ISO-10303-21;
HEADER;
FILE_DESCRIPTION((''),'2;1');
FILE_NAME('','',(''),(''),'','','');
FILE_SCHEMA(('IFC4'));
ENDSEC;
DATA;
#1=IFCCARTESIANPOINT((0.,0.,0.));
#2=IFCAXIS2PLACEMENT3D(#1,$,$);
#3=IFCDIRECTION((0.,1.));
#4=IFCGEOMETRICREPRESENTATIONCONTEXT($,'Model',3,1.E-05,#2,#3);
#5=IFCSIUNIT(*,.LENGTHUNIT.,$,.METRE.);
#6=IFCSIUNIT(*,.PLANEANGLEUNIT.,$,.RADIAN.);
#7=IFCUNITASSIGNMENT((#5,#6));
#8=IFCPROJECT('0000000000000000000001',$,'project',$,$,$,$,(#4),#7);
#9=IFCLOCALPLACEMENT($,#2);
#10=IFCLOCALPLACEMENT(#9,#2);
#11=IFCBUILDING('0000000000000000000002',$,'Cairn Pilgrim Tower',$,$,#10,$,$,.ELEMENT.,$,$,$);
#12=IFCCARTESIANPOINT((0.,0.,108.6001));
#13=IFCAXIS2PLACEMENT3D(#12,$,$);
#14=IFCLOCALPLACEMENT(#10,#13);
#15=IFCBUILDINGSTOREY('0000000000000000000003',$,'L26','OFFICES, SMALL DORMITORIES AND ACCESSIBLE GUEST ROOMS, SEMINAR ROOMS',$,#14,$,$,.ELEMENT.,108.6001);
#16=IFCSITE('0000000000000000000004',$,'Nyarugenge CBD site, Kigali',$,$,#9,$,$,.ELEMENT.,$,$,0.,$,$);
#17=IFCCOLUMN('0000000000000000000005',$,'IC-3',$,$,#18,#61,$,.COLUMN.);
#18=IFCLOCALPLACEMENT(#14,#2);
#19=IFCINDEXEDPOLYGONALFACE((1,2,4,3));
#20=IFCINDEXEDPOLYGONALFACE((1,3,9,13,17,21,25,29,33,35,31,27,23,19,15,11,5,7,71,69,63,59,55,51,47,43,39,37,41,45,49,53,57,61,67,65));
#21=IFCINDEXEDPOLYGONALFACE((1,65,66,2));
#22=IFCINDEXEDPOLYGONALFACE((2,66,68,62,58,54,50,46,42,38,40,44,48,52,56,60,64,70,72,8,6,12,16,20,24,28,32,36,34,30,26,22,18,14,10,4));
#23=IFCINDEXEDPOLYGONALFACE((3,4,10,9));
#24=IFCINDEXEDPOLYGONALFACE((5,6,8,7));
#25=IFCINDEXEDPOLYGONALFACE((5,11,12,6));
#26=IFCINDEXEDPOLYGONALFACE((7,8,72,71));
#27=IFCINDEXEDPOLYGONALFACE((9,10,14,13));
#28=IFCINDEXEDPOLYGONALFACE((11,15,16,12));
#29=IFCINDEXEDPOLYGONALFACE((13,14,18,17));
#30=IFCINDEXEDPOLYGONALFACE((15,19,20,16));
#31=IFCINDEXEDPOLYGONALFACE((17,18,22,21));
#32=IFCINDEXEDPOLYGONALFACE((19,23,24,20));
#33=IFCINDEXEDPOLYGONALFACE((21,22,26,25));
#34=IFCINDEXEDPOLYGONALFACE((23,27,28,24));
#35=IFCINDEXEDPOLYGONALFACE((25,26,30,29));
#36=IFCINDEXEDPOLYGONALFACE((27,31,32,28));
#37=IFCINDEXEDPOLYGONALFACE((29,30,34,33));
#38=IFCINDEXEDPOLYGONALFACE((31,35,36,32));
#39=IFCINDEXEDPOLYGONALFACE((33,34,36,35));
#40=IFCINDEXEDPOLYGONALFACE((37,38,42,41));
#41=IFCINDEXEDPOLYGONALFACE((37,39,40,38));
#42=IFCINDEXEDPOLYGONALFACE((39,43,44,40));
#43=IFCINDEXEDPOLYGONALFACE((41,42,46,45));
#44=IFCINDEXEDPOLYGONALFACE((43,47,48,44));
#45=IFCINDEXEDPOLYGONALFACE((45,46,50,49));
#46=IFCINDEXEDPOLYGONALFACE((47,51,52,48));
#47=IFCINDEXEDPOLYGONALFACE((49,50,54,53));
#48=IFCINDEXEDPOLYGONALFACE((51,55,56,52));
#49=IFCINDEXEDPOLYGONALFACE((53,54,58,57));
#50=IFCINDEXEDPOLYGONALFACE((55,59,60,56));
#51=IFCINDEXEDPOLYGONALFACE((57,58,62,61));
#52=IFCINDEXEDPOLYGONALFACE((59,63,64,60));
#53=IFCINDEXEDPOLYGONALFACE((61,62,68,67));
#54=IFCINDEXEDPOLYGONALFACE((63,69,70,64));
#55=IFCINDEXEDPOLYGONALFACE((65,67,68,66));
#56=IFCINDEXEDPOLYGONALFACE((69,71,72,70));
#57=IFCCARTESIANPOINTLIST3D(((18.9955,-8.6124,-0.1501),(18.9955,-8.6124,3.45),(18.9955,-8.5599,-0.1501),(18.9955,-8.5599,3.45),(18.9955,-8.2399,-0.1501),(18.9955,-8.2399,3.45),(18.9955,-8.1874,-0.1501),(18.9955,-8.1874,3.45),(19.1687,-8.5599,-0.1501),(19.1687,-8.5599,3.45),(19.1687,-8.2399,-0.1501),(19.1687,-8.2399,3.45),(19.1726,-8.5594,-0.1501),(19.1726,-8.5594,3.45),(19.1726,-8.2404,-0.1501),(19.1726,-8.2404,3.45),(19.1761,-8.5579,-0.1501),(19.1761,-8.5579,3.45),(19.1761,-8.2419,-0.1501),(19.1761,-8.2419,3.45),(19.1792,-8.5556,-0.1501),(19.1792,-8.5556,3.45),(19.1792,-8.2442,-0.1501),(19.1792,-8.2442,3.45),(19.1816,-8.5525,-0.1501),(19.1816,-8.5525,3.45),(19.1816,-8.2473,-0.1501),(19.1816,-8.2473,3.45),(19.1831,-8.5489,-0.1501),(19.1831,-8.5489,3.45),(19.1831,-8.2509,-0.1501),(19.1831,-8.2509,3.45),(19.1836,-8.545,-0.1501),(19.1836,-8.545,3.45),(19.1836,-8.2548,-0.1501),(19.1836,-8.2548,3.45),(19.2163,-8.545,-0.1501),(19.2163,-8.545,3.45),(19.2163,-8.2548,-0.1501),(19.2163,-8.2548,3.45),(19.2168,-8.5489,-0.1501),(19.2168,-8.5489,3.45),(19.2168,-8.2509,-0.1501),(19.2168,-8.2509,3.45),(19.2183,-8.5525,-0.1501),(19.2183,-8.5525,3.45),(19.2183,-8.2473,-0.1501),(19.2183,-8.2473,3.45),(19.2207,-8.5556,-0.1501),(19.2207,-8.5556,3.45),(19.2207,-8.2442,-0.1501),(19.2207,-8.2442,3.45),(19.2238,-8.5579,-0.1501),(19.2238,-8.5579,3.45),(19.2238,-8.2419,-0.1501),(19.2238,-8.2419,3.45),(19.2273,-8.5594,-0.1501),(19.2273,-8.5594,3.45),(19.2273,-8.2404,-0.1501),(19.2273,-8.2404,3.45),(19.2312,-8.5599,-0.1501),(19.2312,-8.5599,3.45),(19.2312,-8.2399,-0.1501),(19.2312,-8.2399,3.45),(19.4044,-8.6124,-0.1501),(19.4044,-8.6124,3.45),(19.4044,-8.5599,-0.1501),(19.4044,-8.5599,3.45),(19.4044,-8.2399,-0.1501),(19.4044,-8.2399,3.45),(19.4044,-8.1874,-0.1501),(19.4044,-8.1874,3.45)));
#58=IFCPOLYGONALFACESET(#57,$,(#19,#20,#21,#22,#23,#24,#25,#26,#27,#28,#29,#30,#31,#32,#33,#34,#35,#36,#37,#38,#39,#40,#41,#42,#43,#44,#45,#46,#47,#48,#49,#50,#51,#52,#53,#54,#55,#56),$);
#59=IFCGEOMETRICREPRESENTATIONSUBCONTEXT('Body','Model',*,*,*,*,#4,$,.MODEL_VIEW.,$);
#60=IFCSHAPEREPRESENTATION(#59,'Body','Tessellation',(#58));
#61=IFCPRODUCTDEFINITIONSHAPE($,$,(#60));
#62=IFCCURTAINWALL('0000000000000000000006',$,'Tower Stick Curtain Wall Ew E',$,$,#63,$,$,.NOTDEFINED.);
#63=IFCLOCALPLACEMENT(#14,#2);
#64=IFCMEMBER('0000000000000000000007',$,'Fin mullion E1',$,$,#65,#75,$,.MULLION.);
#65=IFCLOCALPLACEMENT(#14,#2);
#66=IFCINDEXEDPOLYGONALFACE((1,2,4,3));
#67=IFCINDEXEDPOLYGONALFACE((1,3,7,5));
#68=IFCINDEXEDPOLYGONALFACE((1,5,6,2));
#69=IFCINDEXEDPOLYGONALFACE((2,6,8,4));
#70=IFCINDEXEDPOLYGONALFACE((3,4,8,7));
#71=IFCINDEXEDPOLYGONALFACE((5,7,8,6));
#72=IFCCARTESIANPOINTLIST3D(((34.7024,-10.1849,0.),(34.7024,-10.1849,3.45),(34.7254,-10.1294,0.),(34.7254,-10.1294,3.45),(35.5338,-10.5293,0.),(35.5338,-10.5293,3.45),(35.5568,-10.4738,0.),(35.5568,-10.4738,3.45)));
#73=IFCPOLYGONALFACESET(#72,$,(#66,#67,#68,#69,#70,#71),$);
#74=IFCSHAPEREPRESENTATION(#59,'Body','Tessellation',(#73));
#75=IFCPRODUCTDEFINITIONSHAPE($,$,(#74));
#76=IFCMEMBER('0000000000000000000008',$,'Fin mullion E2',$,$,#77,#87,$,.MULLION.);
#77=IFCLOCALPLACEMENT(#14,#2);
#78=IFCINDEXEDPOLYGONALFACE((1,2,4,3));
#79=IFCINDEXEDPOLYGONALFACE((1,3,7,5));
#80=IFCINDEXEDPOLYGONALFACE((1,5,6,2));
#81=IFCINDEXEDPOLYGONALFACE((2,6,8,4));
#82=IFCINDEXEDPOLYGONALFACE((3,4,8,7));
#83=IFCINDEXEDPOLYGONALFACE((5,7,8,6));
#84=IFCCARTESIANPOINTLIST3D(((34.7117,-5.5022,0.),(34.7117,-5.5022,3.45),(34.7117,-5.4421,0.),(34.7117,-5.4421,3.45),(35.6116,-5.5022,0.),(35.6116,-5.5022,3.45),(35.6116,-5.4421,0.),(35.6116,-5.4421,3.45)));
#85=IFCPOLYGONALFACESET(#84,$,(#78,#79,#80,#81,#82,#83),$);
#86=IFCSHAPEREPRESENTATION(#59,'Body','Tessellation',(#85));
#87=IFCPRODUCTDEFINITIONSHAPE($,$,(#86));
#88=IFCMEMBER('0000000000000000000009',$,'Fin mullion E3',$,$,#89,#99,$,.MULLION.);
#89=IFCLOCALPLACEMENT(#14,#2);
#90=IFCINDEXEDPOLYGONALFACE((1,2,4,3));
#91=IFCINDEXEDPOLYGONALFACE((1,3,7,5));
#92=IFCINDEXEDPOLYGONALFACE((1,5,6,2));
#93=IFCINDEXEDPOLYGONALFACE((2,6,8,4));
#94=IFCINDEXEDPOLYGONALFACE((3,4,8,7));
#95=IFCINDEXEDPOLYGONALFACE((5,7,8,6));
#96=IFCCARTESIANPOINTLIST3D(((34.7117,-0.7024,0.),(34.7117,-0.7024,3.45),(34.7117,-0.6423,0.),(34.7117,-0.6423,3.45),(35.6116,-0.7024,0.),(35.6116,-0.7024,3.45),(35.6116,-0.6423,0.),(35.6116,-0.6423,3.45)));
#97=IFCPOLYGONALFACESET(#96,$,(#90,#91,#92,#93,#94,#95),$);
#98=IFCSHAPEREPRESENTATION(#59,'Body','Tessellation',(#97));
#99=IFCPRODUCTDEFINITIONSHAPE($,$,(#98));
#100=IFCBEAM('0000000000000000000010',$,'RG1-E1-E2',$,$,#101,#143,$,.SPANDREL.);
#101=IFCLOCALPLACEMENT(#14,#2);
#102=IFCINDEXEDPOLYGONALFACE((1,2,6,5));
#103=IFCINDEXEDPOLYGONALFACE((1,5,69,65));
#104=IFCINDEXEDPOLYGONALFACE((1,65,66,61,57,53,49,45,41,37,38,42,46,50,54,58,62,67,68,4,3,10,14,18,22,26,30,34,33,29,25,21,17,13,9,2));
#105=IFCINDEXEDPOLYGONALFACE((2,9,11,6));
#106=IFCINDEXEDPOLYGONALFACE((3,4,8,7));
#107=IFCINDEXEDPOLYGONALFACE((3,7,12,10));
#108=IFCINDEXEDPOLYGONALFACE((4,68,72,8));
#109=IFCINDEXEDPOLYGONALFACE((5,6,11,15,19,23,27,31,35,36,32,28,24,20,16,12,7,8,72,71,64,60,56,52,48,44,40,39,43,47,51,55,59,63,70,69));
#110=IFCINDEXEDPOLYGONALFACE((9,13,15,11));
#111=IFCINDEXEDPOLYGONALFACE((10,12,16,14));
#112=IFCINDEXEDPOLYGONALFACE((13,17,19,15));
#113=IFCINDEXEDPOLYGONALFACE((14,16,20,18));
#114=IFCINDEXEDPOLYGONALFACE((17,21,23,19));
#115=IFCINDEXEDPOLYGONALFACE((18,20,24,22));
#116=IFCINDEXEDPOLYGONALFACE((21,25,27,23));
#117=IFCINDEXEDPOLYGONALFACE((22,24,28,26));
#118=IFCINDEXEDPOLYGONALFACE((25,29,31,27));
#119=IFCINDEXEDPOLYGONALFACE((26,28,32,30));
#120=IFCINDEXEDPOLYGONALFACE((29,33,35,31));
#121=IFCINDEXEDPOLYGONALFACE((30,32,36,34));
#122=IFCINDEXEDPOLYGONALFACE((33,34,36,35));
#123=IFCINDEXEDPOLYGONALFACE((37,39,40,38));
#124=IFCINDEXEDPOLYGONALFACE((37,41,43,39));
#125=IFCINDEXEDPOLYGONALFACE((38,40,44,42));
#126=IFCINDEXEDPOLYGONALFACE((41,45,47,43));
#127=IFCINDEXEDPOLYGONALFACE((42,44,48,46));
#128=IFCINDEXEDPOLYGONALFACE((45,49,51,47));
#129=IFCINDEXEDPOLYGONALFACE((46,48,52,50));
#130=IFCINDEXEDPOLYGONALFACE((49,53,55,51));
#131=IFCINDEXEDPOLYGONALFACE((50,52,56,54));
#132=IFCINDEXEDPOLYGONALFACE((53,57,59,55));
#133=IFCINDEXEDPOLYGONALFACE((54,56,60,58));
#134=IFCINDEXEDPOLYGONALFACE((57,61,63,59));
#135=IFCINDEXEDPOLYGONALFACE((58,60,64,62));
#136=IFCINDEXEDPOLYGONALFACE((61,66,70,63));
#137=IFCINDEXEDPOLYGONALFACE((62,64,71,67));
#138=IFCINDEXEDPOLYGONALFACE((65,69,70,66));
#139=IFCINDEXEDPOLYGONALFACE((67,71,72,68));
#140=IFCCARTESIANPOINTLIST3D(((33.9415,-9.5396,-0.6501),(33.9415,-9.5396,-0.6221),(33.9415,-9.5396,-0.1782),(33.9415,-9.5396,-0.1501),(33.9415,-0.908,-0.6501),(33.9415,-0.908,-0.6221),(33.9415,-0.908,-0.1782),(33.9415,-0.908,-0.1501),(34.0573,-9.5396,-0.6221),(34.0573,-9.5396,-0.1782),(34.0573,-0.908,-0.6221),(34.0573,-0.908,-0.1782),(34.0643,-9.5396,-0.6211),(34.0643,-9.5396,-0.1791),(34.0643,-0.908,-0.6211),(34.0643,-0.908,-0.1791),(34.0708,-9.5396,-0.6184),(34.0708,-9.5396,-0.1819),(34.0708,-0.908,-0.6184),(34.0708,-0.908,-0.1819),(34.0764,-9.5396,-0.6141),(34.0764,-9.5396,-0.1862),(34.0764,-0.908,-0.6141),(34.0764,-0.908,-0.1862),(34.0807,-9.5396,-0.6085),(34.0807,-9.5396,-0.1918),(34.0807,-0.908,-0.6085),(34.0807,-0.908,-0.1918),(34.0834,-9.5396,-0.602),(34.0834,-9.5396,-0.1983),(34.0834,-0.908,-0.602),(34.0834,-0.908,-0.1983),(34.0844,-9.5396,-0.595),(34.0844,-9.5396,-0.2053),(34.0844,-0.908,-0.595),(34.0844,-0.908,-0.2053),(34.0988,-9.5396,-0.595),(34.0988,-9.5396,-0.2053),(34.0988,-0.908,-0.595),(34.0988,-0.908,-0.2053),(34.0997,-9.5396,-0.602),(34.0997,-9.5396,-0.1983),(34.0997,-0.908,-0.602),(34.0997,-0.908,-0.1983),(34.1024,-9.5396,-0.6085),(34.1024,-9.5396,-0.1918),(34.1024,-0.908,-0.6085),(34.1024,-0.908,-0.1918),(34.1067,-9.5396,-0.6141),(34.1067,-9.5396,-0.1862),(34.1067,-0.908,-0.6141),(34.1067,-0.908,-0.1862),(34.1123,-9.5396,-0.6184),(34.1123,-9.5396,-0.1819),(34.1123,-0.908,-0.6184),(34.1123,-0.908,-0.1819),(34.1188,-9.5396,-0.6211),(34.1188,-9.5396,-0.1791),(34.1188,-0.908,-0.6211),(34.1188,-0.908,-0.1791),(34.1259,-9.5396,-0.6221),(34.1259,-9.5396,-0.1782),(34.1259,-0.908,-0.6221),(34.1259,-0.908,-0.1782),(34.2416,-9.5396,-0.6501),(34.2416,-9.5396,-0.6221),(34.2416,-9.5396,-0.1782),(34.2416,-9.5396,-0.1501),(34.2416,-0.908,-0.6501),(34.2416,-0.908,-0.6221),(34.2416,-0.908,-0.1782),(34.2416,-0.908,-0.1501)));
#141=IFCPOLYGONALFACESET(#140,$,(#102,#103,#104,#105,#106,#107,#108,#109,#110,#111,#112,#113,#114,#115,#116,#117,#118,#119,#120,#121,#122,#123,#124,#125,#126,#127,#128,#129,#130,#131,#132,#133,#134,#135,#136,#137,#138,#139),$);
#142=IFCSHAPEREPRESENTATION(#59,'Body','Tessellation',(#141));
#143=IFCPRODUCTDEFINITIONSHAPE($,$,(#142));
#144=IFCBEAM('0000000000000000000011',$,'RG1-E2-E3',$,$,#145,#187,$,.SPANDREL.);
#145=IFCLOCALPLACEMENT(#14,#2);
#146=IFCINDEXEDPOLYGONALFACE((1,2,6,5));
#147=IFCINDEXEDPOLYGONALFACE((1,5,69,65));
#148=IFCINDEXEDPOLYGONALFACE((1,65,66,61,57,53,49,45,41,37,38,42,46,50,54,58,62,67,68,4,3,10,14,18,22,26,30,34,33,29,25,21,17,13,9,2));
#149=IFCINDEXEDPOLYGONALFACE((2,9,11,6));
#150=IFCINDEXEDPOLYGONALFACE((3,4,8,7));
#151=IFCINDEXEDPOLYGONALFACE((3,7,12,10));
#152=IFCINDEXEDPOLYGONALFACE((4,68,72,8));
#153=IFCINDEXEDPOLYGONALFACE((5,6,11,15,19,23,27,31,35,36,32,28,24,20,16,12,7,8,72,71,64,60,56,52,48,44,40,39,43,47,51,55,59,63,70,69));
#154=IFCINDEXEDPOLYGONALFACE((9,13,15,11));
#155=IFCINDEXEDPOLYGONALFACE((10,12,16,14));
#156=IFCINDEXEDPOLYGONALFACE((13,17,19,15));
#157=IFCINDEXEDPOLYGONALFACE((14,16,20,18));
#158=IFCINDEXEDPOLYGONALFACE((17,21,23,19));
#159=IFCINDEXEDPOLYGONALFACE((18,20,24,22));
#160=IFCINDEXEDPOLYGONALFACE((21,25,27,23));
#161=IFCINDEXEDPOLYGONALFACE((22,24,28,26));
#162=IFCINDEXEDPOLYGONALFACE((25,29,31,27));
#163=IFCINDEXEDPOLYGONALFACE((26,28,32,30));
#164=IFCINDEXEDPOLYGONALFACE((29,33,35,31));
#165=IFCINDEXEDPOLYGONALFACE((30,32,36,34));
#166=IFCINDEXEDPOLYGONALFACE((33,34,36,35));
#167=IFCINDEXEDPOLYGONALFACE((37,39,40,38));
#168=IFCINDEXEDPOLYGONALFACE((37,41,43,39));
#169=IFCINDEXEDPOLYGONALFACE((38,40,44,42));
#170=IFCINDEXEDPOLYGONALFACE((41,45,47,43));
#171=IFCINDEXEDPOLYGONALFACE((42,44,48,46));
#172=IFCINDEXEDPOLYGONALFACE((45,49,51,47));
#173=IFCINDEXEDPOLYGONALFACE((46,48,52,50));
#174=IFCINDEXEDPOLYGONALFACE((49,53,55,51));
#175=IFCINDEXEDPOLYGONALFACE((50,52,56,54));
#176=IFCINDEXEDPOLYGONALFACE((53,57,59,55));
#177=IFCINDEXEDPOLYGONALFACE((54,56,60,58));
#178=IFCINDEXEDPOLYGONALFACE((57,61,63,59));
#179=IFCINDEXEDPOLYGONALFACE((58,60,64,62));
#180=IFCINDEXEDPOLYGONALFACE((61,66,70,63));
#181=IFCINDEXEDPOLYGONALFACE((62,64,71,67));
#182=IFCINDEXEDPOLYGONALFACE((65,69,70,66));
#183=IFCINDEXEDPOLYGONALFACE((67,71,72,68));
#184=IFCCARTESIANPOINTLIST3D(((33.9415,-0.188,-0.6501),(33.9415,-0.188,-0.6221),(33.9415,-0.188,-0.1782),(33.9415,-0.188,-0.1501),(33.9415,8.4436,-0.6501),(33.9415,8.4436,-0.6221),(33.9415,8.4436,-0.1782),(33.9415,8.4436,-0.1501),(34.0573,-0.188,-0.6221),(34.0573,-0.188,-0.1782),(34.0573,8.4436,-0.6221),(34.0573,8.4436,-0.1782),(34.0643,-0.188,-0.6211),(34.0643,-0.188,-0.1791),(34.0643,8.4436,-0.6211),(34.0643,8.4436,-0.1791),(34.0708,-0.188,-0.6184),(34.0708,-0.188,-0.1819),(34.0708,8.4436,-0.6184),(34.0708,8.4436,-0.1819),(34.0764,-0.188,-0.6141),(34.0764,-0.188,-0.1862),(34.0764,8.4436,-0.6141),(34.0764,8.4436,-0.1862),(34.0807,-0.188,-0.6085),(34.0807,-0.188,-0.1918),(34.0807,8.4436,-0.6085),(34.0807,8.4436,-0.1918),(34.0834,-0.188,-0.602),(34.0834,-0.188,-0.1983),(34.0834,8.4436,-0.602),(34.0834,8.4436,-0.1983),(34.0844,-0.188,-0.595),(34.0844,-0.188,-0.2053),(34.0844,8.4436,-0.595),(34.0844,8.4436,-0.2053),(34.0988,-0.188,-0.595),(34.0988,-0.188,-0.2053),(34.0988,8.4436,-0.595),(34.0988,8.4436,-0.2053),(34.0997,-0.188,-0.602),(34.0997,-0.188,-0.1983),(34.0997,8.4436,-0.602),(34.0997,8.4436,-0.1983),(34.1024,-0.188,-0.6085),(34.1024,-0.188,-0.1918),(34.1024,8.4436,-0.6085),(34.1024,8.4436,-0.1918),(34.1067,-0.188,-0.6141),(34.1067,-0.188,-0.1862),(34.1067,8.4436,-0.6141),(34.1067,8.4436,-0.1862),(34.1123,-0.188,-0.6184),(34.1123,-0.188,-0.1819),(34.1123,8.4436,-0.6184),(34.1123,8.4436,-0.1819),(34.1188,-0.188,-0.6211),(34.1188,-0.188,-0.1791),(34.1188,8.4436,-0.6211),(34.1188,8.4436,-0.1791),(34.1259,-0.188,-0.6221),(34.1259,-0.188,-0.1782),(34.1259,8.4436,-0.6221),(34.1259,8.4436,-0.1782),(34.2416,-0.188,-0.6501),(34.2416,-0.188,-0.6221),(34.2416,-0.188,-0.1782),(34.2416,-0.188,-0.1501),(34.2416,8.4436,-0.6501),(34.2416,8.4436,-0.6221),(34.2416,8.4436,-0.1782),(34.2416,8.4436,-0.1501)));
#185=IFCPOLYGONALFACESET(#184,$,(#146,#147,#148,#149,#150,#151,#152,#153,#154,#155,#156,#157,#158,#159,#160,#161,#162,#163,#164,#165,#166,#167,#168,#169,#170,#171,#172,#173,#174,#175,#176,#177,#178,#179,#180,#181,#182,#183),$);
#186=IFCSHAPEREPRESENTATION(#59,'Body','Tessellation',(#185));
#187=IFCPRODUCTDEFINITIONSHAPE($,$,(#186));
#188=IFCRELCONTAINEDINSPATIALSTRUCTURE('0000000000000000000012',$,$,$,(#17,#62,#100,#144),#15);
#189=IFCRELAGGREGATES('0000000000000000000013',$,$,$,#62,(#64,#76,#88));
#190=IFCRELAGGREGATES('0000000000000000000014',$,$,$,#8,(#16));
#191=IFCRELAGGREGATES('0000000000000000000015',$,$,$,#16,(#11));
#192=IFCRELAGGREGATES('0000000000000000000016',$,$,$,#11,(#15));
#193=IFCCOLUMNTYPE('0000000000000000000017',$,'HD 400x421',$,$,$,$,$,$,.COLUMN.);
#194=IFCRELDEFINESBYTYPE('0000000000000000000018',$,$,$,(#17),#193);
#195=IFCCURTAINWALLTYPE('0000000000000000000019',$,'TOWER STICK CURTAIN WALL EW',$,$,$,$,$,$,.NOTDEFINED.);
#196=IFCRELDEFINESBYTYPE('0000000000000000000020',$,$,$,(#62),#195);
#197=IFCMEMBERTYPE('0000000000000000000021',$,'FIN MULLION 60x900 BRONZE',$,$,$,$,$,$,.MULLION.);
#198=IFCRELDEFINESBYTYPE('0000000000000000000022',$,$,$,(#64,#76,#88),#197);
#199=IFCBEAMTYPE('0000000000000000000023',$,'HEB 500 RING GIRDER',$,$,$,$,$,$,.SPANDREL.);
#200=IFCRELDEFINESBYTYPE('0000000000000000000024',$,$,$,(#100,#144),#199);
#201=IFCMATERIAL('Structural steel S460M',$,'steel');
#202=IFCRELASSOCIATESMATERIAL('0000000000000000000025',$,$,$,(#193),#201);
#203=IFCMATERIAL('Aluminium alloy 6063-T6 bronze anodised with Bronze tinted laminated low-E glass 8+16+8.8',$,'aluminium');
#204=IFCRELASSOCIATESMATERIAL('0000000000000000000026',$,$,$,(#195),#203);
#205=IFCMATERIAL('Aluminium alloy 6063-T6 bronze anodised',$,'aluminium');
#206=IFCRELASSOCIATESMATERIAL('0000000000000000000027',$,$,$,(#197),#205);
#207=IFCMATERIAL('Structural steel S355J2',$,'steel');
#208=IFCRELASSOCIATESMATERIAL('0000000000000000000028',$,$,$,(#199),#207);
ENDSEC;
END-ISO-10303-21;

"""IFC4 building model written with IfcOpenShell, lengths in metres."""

from ifc_helpers import new_model, si_unit, direction, frame, origin, origin_2d, place, context, subcontext, project, spatial, rectangle, i_section, extrude, material, material_profile, profile_set, type_object, element, aggregate, save


model = new_model("IFC4")

# Units and contexts
model_context = context("Model", 3, precision=1e-05, world=origin(), true_north=direction((0.0, 1.0)))
body_context = subcontext(model_context, "Body", "Model", "MODEL_VIEW")
ifc_project = project(units=[si_unit("LENGTHUNIT", "METRE"), si_unit("PLANEANGLEUNIT", "RADIAN")], contexts=[model_context])

# Site, building, storey
site_placement = place(None, origin())
site = spatial("IfcSite", under=ifc_project, at=site_placement, Name="Nyarugenge CBD site, Kigali", CompositionType="ELEMENT", RefElevation=0.0)
building_placement = place(site_placement, origin())
building = spatial("IfcBuilding", under=site, at=building_placement, Name="Cairn Pilgrim Tower", CompositionType="ELEMENT")
storey_placement = place(building_placement, frame((0.0, 0.0, 108.6001)))
storey = spatial("IfcBuildingStorey", under=building, at=storey_placement, Name="L26", Description="OFFICES, SMALL DORMITORIES AND ACCESSIBLE GUEST ROOMS, SEMINAR ROOMS", CompositionType="ELEMENT", Elevation=108.6001)

# Column
ifc_material_1 = material(Name="Structural steel S460M", Category="steel")
ifc_material_profile_1 = material_profile(ifc_material_1, i_section(OverallWidth=0.4089, OverallDepth=0.425, WebThickness=0.0327, FlangeThickness=0.0525, FilletRadius=0.0149, at=origin_2d()), Name="HD 400x421")
ifc_profile_set_1 = profile_set([ifc_material_profile_1], Name="Structural steel S460M")
column_type_1 = type_object("IfcColumnType", Name="HD 400x421", PredefinedType="COLUMN", material=ifc_profile_set_1)
column_placement = place(storey_placement, frame((19.2, -8.3999, -0.1501), z_axis=(0.0, 0.0, 1.0), x_axis=(1.0, 0.0, 0.0)))
element("IfcColumn", 1, at=column_placement, inside=storey, type_object=column_type_1, Name="IC-3", PredefinedType="COLUMN", context=body_context, shape_type="SweptSolid", body=[
    extrude(i_section(OverallWidth=0.4089, OverallDepth=0.425, WebThickness=0.0327, FlangeThickness=0.0525, FilletRadius=0.0149, at=origin_2d()), origin(), (0.0, 0.0, 1.0), 3.6001),
])

# Curtain wall, members
ifc_material_2 = material(Name="Aluminium alloy 6063-T6 bronze anodised with Bronze tinted laminated low-E glass 8+16+8.8", Category="aluminium")
curtain_wall_type = type_object("IfcCurtainWallType", Name="TOWER STICK CURTAIN WALL EW", PredefinedType="NOTDEFINED", material=ifc_material_2)
curtain_wall_placement = place(storey_placement, origin())
curtain_wall = element("IfcCurtainWall", 2, at=curtain_wall_placement, inside=storey, type_object=curtain_wall_type, Name="Tower Stick Curtain Wall Ew E", PredefinedType="NOTDEFINED")
ifc_material_3 = material(Name="Aluminium alloy 6063-T6 bronze anodised", Category="aluminium")
ifc_material_profile_2 = material_profile(ifc_material_3, rectangle(XDim=0.8999, YDim=0.0601, at=origin_2d()), Name="FIN MULLION 60x900 BRONZE")
ifc_profile_set_2 = profile_set([ifc_material_profile_2], Name="Aluminium alloy 6063-T6 bronze anodised")
member_type_1 = type_object("IfcMemberType", Name="FIN MULLION 60x900 BRONZE", PredefinedType="MULLION", material=ifc_profile_set_2)
member_1_placement = place(storey_placement, frame((35.1296, -10.3293, 0.0), z_axis=(0.0, 0.0, 1.0), x_axis=(0.92388, -0.382683, 0.0)))
member_1 = element("IfcMember", 3, at=member_1_placement, type_object=member_type_1, Name="Fin mullion E1", PredefinedType="MULLION", context=body_context, shape_type="SweptSolid", body=[
    extrude(rectangle(XDim=0.8999, YDim=0.0601, at=origin_2d()), origin(), (0.0, 0.0, 1.0), 3.45),
])
member_2_placement = place(storey_placement, frame((35.1616, -5.4722, 0.0), z_axis=(0.0, 0.0, 1.0), x_axis=(1.0, 0.0, 0.0)))
member_2 = element("IfcMember", 4, at=member_2_placement, type_object=member_type_1, Name="Fin mullion E2", PredefinedType="MULLION", context=body_context, shape_type="SweptSolid", body=[
    extrude(rectangle(XDim=0.8999, YDim=0.0601, at=origin_2d()), origin(), (0.0, 0.0, 1.0), 3.45),
])
member_3_placement = place(storey_placement, frame((35.1616, -0.6724, 0.0), z_axis=(0.0, 0.0, 1.0), x_axis=(1.0, 0.0, 0.0)))
member_3 = element("IfcMember", 5, at=member_3_placement, type_object=member_type_1, Name="Fin mullion E3", PredefinedType="MULLION", context=body_context, shape_type="SweptSolid", body=[
    extrude(rectangle(XDim=0.8999, YDim=0.0601, at=origin_2d()), origin(), (0.0, 0.0, 1.0), 3.45),
])

# Beams
ifc_material_4 = material(Name="Structural steel S355J2", Category="steel")
ifc_material_profile_3 = material_profile(ifc_material_4, i_section(OverallWidth=0.3, OverallDepth=0.5, WebThickness=0.0144, FlangeThickness=0.0281, FilletRadius=0.0271, at=origin_2d()), Name="HEB 500")
ifc_profile_set_3 = profile_set([ifc_material_profile_3], Name="Structural steel S355J2")
beam_type_1 = type_object("IfcBeamType", Name="HEB 500 RING GIRDER", PredefinedType="SPANDREL", material=ifc_profile_set_3)
for number, where, z_axis, x_axis, name in (
    (6, (34.0916, -9.5396, -0.4001), (0.0, 1.0, 0.0), (-1.0, 0.0, 0.0), "RG1-E1-E2"),
    (7, (34.0916, -0.188, -0.4001), (0.0, 1.0, 0.0), (-1.0, 0.0, 0.0), "RG1-E2-E3"),
):
    element("IfcBeam", number, at=place(storey_placement, frame(where, z_axis=z_axis, x_axis=x_axis)), inside=storey, type_object=beam_type_1, Name=name, PredefinedType="SPANDREL", context=body_context, shape_type="SweptSolid", body=[
        extrude(i_section(OverallWidth=0.3, OverallDepth=0.5, WebThickness=0.0144, FlangeThickness=0.0281, FilletRadius=0.0271, at=origin_2d()), origin(), (0.0, 0.0, 1.0), 8.6316),
    ])

aggregate(curtain_wall, [member_1, member_2, member_3])

save(model, "model.ifc")
